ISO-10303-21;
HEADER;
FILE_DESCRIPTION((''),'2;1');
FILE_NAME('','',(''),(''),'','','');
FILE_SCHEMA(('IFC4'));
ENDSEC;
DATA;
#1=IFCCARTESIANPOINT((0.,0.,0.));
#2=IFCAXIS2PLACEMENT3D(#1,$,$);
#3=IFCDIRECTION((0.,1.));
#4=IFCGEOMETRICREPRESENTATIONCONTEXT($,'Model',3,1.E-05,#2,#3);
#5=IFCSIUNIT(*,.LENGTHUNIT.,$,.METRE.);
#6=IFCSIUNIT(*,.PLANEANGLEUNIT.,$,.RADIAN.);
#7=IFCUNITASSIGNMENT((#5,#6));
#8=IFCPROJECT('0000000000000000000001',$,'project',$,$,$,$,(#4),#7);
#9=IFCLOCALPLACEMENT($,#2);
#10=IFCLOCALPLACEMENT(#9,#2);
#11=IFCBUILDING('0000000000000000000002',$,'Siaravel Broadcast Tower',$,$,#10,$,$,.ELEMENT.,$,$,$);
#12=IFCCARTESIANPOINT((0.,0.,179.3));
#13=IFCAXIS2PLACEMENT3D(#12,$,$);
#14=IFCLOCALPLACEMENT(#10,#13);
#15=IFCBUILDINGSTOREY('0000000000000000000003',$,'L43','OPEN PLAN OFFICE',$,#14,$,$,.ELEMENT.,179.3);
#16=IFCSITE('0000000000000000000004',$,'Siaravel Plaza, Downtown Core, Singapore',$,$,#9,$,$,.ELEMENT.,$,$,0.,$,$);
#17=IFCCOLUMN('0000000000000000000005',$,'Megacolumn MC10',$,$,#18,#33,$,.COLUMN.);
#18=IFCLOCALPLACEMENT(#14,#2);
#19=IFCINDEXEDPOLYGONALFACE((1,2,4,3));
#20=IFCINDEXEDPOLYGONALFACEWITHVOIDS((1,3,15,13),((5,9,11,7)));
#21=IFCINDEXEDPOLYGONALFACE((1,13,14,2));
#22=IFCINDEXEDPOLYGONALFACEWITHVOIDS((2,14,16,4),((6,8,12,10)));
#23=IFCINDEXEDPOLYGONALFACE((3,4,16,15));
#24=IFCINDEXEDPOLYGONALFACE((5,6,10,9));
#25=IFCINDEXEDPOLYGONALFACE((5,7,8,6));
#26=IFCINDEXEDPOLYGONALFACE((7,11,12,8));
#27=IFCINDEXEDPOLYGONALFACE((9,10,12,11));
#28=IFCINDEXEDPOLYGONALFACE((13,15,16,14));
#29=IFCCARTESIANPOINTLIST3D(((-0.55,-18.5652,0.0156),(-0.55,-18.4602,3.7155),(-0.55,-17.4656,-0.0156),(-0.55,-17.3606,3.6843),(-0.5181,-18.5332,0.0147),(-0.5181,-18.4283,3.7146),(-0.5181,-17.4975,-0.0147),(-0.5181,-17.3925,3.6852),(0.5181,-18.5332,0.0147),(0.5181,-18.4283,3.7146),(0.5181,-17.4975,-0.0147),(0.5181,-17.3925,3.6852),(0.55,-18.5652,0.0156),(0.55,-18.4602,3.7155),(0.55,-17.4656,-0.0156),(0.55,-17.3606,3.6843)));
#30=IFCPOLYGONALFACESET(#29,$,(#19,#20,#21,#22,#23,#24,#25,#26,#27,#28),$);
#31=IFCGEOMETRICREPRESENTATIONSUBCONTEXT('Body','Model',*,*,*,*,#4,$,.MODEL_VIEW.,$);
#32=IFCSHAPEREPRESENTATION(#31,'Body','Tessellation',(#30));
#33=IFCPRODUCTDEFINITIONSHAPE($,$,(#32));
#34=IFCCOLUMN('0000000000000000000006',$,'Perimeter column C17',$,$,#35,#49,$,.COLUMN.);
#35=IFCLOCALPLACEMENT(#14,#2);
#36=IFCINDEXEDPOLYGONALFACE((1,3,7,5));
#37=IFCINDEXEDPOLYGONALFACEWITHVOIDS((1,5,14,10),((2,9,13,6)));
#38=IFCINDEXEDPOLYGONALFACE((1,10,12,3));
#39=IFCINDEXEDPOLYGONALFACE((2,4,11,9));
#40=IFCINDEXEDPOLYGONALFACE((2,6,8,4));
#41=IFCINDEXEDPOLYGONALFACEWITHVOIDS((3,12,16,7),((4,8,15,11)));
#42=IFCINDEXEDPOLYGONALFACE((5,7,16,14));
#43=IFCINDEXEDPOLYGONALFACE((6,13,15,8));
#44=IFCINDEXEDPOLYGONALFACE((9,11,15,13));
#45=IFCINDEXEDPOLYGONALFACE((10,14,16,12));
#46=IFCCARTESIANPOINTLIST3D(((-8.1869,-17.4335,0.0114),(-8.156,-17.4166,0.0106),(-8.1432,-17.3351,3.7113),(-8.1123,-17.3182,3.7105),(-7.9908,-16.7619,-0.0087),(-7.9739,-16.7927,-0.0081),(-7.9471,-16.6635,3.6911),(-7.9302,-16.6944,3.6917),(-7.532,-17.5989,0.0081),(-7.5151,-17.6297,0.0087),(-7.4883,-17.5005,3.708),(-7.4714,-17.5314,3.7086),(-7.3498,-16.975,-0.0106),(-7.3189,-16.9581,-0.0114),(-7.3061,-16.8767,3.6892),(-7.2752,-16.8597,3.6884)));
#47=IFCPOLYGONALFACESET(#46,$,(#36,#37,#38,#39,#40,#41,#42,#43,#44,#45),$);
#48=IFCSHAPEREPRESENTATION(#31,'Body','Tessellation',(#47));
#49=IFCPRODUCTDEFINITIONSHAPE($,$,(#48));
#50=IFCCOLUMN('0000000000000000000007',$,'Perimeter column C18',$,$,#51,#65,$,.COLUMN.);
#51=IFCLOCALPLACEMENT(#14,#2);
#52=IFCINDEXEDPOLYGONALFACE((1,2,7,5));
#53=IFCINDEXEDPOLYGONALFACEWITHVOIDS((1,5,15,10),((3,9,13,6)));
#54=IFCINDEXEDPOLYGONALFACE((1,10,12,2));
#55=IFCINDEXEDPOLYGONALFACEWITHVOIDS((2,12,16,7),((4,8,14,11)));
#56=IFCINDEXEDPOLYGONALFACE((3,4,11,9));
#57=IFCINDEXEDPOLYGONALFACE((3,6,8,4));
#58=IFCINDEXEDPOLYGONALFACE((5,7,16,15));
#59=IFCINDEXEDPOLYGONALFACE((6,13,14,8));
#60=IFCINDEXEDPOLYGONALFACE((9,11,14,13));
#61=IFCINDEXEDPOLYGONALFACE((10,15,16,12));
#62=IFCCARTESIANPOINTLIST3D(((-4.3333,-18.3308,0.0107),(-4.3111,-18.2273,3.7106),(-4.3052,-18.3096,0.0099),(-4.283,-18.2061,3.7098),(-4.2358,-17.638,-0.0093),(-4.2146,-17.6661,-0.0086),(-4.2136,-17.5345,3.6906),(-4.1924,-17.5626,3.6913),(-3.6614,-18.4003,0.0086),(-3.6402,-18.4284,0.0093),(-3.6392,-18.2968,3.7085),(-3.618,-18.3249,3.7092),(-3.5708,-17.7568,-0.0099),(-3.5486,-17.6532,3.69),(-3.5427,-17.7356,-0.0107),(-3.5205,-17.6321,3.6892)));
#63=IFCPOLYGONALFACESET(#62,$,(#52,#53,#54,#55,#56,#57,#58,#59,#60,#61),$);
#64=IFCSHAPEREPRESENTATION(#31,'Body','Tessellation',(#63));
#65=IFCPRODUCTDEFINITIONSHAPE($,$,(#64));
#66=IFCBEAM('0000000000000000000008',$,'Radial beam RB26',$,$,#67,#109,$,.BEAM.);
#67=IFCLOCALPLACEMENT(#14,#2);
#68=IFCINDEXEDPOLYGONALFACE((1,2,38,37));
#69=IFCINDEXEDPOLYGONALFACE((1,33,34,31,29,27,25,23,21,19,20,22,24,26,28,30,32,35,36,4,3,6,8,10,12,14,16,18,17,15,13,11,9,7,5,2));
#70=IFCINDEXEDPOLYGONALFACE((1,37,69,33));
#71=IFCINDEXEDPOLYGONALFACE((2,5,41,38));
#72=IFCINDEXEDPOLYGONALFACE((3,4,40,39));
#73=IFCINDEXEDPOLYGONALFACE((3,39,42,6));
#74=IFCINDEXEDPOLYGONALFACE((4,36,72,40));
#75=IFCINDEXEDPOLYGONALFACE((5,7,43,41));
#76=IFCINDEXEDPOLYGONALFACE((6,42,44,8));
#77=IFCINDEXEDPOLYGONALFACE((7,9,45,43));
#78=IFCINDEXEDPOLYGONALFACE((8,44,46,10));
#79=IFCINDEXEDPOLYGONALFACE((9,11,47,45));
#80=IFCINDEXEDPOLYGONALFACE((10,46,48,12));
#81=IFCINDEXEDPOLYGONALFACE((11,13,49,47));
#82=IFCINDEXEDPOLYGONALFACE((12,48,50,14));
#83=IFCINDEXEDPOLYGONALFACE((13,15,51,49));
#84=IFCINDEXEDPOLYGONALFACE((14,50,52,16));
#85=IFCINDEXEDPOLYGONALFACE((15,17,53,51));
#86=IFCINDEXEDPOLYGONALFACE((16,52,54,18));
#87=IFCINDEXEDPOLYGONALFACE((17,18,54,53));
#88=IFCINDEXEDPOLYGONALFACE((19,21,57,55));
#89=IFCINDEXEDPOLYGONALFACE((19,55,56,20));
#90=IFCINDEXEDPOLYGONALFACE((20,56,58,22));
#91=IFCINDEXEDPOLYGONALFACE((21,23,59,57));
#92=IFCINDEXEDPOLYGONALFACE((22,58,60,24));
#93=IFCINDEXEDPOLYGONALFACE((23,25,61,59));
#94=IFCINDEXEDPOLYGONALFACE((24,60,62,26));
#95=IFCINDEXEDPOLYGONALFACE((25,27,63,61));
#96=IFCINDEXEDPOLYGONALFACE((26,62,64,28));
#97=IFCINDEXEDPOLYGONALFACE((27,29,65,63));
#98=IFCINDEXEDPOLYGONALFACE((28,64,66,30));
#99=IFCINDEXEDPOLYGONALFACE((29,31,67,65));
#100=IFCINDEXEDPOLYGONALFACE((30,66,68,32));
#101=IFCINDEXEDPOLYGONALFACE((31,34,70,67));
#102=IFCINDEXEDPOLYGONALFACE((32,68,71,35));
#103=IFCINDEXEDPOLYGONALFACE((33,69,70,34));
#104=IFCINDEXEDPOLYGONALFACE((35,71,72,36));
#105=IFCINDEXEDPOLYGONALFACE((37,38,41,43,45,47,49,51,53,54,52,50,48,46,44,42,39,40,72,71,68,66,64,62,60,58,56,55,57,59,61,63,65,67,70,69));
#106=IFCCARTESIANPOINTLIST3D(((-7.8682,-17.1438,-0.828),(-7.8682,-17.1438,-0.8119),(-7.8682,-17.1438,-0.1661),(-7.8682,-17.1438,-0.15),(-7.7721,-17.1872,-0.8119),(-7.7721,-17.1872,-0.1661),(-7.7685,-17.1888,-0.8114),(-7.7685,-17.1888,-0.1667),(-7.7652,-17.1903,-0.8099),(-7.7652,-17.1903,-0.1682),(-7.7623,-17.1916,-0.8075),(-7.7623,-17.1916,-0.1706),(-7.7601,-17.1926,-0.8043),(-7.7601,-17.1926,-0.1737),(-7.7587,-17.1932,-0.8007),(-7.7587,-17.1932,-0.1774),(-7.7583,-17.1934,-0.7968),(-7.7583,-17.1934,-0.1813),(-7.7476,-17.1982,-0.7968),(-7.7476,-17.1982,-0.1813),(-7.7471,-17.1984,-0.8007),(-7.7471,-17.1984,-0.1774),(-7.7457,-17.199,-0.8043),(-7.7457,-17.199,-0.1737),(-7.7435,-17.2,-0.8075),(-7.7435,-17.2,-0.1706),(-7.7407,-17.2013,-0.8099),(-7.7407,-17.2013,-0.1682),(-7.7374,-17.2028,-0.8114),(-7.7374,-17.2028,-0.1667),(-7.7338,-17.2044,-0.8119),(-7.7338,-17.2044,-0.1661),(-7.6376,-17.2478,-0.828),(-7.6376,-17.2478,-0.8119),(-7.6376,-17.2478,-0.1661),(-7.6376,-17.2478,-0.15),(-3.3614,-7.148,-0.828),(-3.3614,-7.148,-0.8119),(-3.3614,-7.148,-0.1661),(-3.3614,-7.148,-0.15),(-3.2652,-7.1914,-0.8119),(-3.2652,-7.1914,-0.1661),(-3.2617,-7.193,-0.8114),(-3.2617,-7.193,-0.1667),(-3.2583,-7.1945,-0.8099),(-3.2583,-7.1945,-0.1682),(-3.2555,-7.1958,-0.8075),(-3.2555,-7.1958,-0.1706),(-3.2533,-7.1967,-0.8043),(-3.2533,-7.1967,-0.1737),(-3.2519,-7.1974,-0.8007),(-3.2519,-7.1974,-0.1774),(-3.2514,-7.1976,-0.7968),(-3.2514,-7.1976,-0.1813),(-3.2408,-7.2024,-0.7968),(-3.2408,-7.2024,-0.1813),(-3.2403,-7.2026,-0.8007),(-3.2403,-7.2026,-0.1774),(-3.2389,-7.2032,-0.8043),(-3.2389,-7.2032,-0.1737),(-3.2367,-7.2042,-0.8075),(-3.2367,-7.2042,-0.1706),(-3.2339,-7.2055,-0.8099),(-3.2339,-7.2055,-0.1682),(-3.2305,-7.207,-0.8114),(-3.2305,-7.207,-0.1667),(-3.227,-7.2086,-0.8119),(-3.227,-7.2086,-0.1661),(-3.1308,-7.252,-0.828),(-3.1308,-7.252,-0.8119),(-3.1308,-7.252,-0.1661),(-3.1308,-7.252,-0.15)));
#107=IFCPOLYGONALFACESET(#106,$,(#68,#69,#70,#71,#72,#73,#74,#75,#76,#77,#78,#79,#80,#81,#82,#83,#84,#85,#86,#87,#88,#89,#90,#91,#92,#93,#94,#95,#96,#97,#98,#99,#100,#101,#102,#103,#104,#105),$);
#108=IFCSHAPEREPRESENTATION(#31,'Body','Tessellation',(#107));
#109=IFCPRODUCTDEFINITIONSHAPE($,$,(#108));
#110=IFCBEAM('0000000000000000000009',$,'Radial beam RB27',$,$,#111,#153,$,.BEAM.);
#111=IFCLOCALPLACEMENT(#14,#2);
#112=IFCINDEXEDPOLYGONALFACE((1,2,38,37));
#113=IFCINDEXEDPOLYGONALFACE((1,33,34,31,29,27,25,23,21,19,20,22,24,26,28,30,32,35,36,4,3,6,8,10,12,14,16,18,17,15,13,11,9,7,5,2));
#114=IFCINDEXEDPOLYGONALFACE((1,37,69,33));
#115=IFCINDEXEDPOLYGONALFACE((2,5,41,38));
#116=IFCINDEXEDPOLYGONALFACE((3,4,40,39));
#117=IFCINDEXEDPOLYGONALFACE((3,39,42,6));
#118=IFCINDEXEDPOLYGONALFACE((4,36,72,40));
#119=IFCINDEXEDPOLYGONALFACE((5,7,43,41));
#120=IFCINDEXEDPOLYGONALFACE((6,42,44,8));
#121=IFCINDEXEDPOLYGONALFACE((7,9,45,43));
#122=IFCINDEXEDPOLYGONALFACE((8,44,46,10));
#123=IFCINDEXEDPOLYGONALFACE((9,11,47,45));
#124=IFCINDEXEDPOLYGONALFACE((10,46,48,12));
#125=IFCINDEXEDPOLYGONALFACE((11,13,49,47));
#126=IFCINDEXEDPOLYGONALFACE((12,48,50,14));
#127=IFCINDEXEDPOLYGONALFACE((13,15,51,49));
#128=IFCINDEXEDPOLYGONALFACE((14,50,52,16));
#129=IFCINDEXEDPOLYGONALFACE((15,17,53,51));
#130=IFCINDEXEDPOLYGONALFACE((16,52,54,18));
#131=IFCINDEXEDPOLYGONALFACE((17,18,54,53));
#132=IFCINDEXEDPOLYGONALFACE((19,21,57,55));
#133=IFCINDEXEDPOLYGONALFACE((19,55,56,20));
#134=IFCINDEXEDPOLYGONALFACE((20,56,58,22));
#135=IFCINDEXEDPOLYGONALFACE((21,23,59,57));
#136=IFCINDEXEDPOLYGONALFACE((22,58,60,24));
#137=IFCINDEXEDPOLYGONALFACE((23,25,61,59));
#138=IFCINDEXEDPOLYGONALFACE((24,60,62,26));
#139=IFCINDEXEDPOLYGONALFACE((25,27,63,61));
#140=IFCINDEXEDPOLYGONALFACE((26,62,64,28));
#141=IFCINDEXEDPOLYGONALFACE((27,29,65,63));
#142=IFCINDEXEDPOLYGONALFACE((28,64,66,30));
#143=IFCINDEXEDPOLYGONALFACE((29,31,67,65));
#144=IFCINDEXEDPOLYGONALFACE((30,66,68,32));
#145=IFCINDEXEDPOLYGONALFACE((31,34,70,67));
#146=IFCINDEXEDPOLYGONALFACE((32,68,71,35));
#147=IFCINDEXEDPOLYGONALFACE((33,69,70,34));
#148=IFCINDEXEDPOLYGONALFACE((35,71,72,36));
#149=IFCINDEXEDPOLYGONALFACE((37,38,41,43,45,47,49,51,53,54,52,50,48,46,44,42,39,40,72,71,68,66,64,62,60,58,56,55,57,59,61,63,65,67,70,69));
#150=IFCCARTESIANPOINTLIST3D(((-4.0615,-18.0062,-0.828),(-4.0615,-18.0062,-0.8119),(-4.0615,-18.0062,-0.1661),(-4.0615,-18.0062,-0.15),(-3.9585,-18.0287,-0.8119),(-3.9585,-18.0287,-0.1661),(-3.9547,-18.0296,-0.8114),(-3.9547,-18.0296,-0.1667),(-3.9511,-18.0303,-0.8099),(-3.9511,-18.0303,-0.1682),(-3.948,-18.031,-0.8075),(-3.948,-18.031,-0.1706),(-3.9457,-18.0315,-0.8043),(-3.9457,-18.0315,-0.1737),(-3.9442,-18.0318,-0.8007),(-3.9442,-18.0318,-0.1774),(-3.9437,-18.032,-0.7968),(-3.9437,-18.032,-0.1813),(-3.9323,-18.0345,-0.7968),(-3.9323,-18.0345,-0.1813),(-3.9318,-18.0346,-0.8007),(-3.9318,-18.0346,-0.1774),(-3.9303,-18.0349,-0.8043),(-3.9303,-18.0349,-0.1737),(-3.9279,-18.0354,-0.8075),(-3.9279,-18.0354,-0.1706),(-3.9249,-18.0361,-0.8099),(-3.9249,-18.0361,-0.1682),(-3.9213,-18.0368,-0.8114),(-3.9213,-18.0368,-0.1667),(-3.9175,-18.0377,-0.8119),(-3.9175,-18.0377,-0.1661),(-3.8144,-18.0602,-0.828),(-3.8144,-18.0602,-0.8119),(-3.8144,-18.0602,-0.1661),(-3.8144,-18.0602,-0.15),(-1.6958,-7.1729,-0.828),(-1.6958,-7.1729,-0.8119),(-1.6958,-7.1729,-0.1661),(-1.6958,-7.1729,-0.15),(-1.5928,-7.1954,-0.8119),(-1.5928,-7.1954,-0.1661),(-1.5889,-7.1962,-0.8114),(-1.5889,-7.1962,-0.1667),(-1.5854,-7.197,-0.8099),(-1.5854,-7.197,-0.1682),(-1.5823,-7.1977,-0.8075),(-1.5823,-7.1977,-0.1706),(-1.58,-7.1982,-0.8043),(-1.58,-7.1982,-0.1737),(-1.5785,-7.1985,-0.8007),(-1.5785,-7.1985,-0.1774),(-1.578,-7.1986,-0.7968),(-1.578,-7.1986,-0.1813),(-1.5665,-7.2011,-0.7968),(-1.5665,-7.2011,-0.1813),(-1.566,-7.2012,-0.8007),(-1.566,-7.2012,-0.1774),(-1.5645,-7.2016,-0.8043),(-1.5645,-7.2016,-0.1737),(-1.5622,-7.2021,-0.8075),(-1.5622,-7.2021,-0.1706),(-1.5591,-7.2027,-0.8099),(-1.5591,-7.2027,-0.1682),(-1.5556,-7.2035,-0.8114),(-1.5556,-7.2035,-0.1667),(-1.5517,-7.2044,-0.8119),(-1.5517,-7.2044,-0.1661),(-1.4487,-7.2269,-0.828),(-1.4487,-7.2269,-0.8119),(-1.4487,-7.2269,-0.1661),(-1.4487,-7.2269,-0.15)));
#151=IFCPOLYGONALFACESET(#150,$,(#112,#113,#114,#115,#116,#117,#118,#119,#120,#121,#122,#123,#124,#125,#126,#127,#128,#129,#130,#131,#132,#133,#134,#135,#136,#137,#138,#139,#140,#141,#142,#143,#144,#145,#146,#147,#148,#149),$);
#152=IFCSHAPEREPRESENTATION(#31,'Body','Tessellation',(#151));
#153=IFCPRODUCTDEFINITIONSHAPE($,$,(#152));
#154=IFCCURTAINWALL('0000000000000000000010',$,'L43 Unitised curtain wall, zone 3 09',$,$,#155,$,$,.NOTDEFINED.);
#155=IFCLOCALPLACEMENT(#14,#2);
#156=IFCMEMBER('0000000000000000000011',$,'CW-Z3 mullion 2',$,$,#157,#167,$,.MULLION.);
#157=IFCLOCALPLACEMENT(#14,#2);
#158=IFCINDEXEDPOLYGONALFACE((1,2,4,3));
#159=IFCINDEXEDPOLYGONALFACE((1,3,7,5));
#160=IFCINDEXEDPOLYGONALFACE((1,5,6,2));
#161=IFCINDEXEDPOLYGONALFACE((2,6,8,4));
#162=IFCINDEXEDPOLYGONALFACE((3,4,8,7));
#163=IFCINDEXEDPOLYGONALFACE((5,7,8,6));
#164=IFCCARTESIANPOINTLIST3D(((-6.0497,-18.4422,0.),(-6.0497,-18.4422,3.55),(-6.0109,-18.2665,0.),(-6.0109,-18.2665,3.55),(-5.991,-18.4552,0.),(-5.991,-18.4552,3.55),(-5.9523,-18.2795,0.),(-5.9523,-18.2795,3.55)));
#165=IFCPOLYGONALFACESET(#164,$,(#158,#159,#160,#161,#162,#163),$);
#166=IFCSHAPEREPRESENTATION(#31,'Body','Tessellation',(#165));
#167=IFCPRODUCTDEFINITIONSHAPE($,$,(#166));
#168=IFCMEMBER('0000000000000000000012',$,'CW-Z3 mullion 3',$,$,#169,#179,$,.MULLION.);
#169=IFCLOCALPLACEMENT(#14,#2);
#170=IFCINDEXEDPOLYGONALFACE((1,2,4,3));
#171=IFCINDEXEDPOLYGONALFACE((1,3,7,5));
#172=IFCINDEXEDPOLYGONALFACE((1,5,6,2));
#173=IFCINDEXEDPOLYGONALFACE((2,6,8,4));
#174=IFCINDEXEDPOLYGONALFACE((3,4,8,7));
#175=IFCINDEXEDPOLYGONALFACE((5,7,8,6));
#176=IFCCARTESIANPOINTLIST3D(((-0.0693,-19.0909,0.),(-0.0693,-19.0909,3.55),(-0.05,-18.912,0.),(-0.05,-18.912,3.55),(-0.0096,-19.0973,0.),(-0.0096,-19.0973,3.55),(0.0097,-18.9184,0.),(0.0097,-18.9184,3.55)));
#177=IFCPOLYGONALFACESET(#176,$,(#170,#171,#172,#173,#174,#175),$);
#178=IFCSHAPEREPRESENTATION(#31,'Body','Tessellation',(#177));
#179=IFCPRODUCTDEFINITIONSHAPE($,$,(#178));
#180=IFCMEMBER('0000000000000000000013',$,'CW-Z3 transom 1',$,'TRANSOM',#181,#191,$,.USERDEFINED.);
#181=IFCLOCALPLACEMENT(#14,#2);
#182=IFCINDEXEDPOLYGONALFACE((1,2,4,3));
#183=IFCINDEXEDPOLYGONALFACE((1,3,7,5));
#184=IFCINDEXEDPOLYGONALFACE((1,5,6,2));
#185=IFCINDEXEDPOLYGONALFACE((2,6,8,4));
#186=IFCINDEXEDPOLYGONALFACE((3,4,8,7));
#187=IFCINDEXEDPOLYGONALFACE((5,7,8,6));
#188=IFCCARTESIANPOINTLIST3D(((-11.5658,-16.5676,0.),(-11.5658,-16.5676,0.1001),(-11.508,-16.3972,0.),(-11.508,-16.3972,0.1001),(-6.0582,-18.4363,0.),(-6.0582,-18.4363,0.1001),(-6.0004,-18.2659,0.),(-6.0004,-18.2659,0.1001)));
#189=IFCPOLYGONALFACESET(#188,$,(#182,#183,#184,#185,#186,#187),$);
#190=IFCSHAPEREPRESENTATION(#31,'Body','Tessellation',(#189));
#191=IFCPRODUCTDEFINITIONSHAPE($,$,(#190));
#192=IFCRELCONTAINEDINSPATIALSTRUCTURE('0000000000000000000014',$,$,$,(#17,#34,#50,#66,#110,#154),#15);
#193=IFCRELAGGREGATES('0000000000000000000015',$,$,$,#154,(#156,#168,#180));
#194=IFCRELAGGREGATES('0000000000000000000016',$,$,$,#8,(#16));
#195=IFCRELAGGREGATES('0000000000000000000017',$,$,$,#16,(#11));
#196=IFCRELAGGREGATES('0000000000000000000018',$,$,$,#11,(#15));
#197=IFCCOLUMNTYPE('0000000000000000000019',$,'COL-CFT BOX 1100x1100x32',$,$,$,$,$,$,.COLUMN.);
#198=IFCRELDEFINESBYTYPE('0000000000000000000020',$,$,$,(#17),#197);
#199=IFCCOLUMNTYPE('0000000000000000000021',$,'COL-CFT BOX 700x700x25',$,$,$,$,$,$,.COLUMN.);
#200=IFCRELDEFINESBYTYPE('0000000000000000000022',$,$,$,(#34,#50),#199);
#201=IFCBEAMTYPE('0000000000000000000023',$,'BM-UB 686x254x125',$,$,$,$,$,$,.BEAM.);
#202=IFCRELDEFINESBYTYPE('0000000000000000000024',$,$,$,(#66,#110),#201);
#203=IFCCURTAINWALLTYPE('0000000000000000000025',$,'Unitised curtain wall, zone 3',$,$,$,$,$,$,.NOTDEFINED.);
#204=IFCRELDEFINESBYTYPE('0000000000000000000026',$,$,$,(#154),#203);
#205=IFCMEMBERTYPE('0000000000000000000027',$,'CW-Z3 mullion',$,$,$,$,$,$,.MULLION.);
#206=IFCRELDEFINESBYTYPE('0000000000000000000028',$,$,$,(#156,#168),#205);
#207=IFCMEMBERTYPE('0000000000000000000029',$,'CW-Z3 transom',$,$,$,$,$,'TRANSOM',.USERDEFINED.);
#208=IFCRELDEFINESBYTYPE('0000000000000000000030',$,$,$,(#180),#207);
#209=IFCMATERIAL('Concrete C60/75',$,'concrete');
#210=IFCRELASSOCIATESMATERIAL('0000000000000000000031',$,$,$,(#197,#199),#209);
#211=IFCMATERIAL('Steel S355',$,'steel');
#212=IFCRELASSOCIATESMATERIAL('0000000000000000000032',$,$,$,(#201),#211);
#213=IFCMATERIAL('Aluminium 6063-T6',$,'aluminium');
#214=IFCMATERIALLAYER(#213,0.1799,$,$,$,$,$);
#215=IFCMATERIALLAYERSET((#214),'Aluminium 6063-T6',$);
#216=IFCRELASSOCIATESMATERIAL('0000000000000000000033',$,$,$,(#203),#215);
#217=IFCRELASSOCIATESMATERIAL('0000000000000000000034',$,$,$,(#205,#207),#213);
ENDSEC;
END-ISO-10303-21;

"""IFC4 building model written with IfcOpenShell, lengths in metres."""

from ifc_helpers import new_model, si_unit, direction, frame, origin, origin_2d, place, context, subcontext, project, spatial, rectangle, hollow_rectangle, i_section, extrude, material, layer, layer_set, material_profile, profile_set, type_object, element, aggregate, save


model = new_model("IFC4")

# Units and contexts
model_context = context("Model", 3, precision=1e-05, world=origin(), true_north=direction((0.0, 1.0)))
body_context = subcontext(model_context, "Body", "Model", "MODEL_VIEW")
ifc_project = project(units=[si_unit("LENGTHUNIT", "METRE"), si_unit("PLANEANGLEUNIT", "RADIAN")], contexts=[model_context])

# Site, building, storey
site_placement = place(None, origin())
site = spatial("IfcSite", under=ifc_project, at=site_placement, Name="Siaravel Plaza, Downtown Core, Singapore", CompositionType="ELEMENT", RefElevation=0.0)
building_placement = place(site_placement, origin())
building = spatial("IfcBuilding", under=site, at=building_placement, Name="Siaravel Broadcast Tower", CompositionType="ELEMENT")
storey_placement = place(building_placement, frame((0.0, 0.0, 179.3)))
storey = spatial("IfcBuildingStorey", under=building, at=storey_placement, Name="L43", Description="OPEN PLAN OFFICE", CompositionType="ELEMENT", Elevation=179.3)

# Columns
ifc_material_1 = material(Name="Concrete C60/75", Category="concrete")
ifc_material_profile_1 = material_profile(ifc_material_1, hollow_rectangle(XDim=1.1001, YDim=1.1001, WallThickness=0.032, at=origin_2d()))
ifc_profile_set_1 = profile_set([ifc_material_profile_1], Name="Concrete C60/75")
column_type_1 = type_object("IfcColumnType", Name="COL-CFT BOX 1100x1100x32", PredefinedType="COLUMN", material=ifc_profile_set_1)
column_placement = place(storey_placement, frame((0.0, -18.0154, 0.0), z_axis=(0.0, 0.028362, 0.999598), x_axis=(-1.0, 0.0, 0.0)))
element("IfcColumn", 1, at=column_placement, inside=storey, type_object=column_type_1, Name="Megacolumn MC10", PredefinedType="COLUMN", context=body_context, shape_type="SweptSolid", body=[
    extrude(hollow_rectangle(XDim=1.1001, YDim=1.1001, WallThickness=0.032, at=origin_2d()), origin(), (0.0, 0.0, 1.0), 3.7014),
])
ifc_material_profile_2 = material_profile(ifc_material_1, hollow_rectangle(XDim=0.7, YDim=0.7, WallThickness=0.0249, at=origin_2d()))
ifc_profile_set_2 = profile_set([ifc_material_profile_2], Name="Concrete C60/75")
column_type_2 = type_object("IfcColumnType", Name="COL-CFT BOX 700x700x25", PredefinedType="COLUMN", material=ifc_profile_set_2)
for number, where, z_axis, x_axis, name in (
    (2, (-7.7529, -17.1958, 0.0), (0.011806, 0.026581, 0.999577), (-0.959874, 0.280405, 0.003881), "Perimeter column C17"),
    (3, (-3.938, -18.0332, 0.0), (0.006002, 0.027966, 0.999591), (-0.99023, 0.13943, 0.002045), "Perimeter column C18"),
):
    element("IfcColumn", number, at=place(storey_placement, frame(where, z_axis=z_axis, x_axis=x_axis)), inside=storey, type_object=column_type_2, Name=name, PredefinedType="COLUMN", context=body_context, shape_type="SweptSolid", body=[
        extrude(hollow_rectangle(XDim=0.7, YDim=0.7, WallThickness=0.0249, at=origin_2d()), origin(), (0.0, 0.0, 1.0), 3.7014),
    ])

# Beams
ifc_material_2 = material(Name="Steel S355", Category="steel")
ifc_material_profile_3 = material_profile(ifc_material_2, i_section(OverallWidth=0.2529, OverallDepth=0.678, WebThickness=0.0117, FlangeThickness=0.0161, FilletRadius=0.0151, at=origin_2d()))
ifc_profile_set_3 = profile_set([ifc_material_profile_3], Name="Steel S355")
beam_type = type_object("IfcBeamType", Name="BM-UB 686x254x125", PredefinedType="BEAM", material=ifc_profile_set_3)
beam_1_placement = place(storey_placement, frame((-7.7529, -17.1958, -0.489), z_axis=(0.411025, 0.911624, 0.0), x_axis=(-0.911624, 0.411025, 0.0)))
element("IfcBeam", 4, at=beam_1_placement, inside=storey, type_object=beam_type, Name="Radial beam RB26", PredefinedType="BEAM", context=body_context, shape_type="SweptSolid", body=[
    extrude(i_section(OverallWidth=0.2529, OverallDepth=0.678, WebThickness=0.0117, FlangeThickness=0.0161, FilletRadius=0.0151, at=origin_2d()), origin(), (0.0, 0.0, 1.0), 10.9648),
])
beam_2_placement = place(storey_placement, frame((-3.938, -18.0332, -0.489), z_axis=(0.213348, 0.976976, 0.0), x_axis=(-0.976976, 0.213348, 0.0)))
element("IfcBeam", 5, at=beam_2_placement, inside=storey, type_object=beam_type, Name="Radial beam RB27", PredefinedType="BEAM", context=body_context, shape_type="SweptSolid", body=[
    extrude(i_section(OverallWidth=0.2529, OverallDepth=0.678, WebThickness=0.0117, FlangeThickness=0.0161, FilletRadius=0.0151, at=origin_2d()), origin(), (0.0, 0.0, 1.0), 11.0886),
])

# Curtain wall, members
ifc_material_3 = material(Name="Aluminium 6063-T6", Category="aluminium")
ifc_layer_1 = layer(ifc_material_3, 0.1799)
ifc_layer_set_1 = layer_set([ifc_layer_1], Name="Aluminium 6063-T6")
curtain_wall_type = type_object("IfcCurtainWallType", Name="Unitised curtain wall, zone 3", PredefinedType="NOTDEFINED", material=ifc_layer_set_1)
curtain_wall_placement = place(storey_placement, origin())
curtain_wall = element("IfcCurtainWall", 6, at=curtain_wall_placement, inside=storey, type_object=curtain_wall_type, Name="L43 Unitised curtain wall, zone 3 09", PredefinedType="NOTDEFINED")
ifc_material_profile_4 = material_profile(ifc_material_3, rectangle(XDim=0.1799, YDim=0.0601, at=origin_2d()))
ifc_profile_set_4 = profile_set([ifc_material_profile_4], Name="Aluminium 6063-T6")
member_type_1 = type_object("IfcMemberType", Name="CW-Z3 mullion", PredefinedType="MULLION", material=ifc_profile_set_4)
member_1_placement = place(storey_placement, frame((-6.001, -18.3608, 0.0), z_axis=(0.0, 0.0, 1.0), x_axis=(0.215558, 0.976491, 0.0)))
member_1 = element("IfcMember", 7, at=member_1_placement, type_object=member_type_1, Name="CW-Z3 mullion 2", PredefinedType="MULLION", context=body_context, shape_type="SweptSolid", body=[
    extrude(rectangle(XDim=0.1799, YDim=0.0601, at=origin_2d()), origin(), (0.0, 0.0, 1.0), 3.55),
])
member_2_placement = place(storey_placement, frame((-0.0298, -19.0046, 0.0), z_axis=(0.0, 0.0, 1.0), x_axis=(0.107217, 0.994236, 0.0)))
member_2 = element("IfcMember", 8, at=member_2_placement, type_object=member_type_1, Name="CW-Z3 mullion 3", PredefinedType="MULLION", context=body_context, shape_type="SweptSolid", body=[
    extrude(rectangle(XDim=0.1799, YDim=0.0601, at=origin_2d()), origin(), (0.0, 0.0, 1.0), 3.55),
])
ifc_material_profile_5 = material_profile(ifc_material_3, rectangle(XDim=0.1799, YDim=0.1001, at=origin_2d()))
ifc_profile_set_5 = profile_set([ifc_material_profile_5], Name="Aluminium 6063-T6")
member_type_2 = type_object("IfcMemberType", Name="CW-Z3 transom", ElementType="TRANSOM", PredefinedType="USERDEFINED", material=ifc_profile_set_5)
member_3_placement = place(storey_placement, frame((-11.5369, -16.4824, 0.05), z_axis=(0.946978, -0.321298, 0.0), x_axis=(0.321298, 0.946978, 0.0)))
member_3 = element("IfcMember", 9, at=member_3_placement, type_object=member_type_2, Name="CW-Z3 transom 1", ObjectType="TRANSOM", PredefinedType="USERDEFINED", context=body_context, shape_type="SweptSolid", body=[
    extrude(rectangle(XDim=0.1799, YDim=0.1001, at=origin_2d()), origin(), (0.0, 0.0, 1.0), 5.8159),
])

aggregate(curtain_wall, [member_1, member_2, member_3])

save(model, "model.ifc")
